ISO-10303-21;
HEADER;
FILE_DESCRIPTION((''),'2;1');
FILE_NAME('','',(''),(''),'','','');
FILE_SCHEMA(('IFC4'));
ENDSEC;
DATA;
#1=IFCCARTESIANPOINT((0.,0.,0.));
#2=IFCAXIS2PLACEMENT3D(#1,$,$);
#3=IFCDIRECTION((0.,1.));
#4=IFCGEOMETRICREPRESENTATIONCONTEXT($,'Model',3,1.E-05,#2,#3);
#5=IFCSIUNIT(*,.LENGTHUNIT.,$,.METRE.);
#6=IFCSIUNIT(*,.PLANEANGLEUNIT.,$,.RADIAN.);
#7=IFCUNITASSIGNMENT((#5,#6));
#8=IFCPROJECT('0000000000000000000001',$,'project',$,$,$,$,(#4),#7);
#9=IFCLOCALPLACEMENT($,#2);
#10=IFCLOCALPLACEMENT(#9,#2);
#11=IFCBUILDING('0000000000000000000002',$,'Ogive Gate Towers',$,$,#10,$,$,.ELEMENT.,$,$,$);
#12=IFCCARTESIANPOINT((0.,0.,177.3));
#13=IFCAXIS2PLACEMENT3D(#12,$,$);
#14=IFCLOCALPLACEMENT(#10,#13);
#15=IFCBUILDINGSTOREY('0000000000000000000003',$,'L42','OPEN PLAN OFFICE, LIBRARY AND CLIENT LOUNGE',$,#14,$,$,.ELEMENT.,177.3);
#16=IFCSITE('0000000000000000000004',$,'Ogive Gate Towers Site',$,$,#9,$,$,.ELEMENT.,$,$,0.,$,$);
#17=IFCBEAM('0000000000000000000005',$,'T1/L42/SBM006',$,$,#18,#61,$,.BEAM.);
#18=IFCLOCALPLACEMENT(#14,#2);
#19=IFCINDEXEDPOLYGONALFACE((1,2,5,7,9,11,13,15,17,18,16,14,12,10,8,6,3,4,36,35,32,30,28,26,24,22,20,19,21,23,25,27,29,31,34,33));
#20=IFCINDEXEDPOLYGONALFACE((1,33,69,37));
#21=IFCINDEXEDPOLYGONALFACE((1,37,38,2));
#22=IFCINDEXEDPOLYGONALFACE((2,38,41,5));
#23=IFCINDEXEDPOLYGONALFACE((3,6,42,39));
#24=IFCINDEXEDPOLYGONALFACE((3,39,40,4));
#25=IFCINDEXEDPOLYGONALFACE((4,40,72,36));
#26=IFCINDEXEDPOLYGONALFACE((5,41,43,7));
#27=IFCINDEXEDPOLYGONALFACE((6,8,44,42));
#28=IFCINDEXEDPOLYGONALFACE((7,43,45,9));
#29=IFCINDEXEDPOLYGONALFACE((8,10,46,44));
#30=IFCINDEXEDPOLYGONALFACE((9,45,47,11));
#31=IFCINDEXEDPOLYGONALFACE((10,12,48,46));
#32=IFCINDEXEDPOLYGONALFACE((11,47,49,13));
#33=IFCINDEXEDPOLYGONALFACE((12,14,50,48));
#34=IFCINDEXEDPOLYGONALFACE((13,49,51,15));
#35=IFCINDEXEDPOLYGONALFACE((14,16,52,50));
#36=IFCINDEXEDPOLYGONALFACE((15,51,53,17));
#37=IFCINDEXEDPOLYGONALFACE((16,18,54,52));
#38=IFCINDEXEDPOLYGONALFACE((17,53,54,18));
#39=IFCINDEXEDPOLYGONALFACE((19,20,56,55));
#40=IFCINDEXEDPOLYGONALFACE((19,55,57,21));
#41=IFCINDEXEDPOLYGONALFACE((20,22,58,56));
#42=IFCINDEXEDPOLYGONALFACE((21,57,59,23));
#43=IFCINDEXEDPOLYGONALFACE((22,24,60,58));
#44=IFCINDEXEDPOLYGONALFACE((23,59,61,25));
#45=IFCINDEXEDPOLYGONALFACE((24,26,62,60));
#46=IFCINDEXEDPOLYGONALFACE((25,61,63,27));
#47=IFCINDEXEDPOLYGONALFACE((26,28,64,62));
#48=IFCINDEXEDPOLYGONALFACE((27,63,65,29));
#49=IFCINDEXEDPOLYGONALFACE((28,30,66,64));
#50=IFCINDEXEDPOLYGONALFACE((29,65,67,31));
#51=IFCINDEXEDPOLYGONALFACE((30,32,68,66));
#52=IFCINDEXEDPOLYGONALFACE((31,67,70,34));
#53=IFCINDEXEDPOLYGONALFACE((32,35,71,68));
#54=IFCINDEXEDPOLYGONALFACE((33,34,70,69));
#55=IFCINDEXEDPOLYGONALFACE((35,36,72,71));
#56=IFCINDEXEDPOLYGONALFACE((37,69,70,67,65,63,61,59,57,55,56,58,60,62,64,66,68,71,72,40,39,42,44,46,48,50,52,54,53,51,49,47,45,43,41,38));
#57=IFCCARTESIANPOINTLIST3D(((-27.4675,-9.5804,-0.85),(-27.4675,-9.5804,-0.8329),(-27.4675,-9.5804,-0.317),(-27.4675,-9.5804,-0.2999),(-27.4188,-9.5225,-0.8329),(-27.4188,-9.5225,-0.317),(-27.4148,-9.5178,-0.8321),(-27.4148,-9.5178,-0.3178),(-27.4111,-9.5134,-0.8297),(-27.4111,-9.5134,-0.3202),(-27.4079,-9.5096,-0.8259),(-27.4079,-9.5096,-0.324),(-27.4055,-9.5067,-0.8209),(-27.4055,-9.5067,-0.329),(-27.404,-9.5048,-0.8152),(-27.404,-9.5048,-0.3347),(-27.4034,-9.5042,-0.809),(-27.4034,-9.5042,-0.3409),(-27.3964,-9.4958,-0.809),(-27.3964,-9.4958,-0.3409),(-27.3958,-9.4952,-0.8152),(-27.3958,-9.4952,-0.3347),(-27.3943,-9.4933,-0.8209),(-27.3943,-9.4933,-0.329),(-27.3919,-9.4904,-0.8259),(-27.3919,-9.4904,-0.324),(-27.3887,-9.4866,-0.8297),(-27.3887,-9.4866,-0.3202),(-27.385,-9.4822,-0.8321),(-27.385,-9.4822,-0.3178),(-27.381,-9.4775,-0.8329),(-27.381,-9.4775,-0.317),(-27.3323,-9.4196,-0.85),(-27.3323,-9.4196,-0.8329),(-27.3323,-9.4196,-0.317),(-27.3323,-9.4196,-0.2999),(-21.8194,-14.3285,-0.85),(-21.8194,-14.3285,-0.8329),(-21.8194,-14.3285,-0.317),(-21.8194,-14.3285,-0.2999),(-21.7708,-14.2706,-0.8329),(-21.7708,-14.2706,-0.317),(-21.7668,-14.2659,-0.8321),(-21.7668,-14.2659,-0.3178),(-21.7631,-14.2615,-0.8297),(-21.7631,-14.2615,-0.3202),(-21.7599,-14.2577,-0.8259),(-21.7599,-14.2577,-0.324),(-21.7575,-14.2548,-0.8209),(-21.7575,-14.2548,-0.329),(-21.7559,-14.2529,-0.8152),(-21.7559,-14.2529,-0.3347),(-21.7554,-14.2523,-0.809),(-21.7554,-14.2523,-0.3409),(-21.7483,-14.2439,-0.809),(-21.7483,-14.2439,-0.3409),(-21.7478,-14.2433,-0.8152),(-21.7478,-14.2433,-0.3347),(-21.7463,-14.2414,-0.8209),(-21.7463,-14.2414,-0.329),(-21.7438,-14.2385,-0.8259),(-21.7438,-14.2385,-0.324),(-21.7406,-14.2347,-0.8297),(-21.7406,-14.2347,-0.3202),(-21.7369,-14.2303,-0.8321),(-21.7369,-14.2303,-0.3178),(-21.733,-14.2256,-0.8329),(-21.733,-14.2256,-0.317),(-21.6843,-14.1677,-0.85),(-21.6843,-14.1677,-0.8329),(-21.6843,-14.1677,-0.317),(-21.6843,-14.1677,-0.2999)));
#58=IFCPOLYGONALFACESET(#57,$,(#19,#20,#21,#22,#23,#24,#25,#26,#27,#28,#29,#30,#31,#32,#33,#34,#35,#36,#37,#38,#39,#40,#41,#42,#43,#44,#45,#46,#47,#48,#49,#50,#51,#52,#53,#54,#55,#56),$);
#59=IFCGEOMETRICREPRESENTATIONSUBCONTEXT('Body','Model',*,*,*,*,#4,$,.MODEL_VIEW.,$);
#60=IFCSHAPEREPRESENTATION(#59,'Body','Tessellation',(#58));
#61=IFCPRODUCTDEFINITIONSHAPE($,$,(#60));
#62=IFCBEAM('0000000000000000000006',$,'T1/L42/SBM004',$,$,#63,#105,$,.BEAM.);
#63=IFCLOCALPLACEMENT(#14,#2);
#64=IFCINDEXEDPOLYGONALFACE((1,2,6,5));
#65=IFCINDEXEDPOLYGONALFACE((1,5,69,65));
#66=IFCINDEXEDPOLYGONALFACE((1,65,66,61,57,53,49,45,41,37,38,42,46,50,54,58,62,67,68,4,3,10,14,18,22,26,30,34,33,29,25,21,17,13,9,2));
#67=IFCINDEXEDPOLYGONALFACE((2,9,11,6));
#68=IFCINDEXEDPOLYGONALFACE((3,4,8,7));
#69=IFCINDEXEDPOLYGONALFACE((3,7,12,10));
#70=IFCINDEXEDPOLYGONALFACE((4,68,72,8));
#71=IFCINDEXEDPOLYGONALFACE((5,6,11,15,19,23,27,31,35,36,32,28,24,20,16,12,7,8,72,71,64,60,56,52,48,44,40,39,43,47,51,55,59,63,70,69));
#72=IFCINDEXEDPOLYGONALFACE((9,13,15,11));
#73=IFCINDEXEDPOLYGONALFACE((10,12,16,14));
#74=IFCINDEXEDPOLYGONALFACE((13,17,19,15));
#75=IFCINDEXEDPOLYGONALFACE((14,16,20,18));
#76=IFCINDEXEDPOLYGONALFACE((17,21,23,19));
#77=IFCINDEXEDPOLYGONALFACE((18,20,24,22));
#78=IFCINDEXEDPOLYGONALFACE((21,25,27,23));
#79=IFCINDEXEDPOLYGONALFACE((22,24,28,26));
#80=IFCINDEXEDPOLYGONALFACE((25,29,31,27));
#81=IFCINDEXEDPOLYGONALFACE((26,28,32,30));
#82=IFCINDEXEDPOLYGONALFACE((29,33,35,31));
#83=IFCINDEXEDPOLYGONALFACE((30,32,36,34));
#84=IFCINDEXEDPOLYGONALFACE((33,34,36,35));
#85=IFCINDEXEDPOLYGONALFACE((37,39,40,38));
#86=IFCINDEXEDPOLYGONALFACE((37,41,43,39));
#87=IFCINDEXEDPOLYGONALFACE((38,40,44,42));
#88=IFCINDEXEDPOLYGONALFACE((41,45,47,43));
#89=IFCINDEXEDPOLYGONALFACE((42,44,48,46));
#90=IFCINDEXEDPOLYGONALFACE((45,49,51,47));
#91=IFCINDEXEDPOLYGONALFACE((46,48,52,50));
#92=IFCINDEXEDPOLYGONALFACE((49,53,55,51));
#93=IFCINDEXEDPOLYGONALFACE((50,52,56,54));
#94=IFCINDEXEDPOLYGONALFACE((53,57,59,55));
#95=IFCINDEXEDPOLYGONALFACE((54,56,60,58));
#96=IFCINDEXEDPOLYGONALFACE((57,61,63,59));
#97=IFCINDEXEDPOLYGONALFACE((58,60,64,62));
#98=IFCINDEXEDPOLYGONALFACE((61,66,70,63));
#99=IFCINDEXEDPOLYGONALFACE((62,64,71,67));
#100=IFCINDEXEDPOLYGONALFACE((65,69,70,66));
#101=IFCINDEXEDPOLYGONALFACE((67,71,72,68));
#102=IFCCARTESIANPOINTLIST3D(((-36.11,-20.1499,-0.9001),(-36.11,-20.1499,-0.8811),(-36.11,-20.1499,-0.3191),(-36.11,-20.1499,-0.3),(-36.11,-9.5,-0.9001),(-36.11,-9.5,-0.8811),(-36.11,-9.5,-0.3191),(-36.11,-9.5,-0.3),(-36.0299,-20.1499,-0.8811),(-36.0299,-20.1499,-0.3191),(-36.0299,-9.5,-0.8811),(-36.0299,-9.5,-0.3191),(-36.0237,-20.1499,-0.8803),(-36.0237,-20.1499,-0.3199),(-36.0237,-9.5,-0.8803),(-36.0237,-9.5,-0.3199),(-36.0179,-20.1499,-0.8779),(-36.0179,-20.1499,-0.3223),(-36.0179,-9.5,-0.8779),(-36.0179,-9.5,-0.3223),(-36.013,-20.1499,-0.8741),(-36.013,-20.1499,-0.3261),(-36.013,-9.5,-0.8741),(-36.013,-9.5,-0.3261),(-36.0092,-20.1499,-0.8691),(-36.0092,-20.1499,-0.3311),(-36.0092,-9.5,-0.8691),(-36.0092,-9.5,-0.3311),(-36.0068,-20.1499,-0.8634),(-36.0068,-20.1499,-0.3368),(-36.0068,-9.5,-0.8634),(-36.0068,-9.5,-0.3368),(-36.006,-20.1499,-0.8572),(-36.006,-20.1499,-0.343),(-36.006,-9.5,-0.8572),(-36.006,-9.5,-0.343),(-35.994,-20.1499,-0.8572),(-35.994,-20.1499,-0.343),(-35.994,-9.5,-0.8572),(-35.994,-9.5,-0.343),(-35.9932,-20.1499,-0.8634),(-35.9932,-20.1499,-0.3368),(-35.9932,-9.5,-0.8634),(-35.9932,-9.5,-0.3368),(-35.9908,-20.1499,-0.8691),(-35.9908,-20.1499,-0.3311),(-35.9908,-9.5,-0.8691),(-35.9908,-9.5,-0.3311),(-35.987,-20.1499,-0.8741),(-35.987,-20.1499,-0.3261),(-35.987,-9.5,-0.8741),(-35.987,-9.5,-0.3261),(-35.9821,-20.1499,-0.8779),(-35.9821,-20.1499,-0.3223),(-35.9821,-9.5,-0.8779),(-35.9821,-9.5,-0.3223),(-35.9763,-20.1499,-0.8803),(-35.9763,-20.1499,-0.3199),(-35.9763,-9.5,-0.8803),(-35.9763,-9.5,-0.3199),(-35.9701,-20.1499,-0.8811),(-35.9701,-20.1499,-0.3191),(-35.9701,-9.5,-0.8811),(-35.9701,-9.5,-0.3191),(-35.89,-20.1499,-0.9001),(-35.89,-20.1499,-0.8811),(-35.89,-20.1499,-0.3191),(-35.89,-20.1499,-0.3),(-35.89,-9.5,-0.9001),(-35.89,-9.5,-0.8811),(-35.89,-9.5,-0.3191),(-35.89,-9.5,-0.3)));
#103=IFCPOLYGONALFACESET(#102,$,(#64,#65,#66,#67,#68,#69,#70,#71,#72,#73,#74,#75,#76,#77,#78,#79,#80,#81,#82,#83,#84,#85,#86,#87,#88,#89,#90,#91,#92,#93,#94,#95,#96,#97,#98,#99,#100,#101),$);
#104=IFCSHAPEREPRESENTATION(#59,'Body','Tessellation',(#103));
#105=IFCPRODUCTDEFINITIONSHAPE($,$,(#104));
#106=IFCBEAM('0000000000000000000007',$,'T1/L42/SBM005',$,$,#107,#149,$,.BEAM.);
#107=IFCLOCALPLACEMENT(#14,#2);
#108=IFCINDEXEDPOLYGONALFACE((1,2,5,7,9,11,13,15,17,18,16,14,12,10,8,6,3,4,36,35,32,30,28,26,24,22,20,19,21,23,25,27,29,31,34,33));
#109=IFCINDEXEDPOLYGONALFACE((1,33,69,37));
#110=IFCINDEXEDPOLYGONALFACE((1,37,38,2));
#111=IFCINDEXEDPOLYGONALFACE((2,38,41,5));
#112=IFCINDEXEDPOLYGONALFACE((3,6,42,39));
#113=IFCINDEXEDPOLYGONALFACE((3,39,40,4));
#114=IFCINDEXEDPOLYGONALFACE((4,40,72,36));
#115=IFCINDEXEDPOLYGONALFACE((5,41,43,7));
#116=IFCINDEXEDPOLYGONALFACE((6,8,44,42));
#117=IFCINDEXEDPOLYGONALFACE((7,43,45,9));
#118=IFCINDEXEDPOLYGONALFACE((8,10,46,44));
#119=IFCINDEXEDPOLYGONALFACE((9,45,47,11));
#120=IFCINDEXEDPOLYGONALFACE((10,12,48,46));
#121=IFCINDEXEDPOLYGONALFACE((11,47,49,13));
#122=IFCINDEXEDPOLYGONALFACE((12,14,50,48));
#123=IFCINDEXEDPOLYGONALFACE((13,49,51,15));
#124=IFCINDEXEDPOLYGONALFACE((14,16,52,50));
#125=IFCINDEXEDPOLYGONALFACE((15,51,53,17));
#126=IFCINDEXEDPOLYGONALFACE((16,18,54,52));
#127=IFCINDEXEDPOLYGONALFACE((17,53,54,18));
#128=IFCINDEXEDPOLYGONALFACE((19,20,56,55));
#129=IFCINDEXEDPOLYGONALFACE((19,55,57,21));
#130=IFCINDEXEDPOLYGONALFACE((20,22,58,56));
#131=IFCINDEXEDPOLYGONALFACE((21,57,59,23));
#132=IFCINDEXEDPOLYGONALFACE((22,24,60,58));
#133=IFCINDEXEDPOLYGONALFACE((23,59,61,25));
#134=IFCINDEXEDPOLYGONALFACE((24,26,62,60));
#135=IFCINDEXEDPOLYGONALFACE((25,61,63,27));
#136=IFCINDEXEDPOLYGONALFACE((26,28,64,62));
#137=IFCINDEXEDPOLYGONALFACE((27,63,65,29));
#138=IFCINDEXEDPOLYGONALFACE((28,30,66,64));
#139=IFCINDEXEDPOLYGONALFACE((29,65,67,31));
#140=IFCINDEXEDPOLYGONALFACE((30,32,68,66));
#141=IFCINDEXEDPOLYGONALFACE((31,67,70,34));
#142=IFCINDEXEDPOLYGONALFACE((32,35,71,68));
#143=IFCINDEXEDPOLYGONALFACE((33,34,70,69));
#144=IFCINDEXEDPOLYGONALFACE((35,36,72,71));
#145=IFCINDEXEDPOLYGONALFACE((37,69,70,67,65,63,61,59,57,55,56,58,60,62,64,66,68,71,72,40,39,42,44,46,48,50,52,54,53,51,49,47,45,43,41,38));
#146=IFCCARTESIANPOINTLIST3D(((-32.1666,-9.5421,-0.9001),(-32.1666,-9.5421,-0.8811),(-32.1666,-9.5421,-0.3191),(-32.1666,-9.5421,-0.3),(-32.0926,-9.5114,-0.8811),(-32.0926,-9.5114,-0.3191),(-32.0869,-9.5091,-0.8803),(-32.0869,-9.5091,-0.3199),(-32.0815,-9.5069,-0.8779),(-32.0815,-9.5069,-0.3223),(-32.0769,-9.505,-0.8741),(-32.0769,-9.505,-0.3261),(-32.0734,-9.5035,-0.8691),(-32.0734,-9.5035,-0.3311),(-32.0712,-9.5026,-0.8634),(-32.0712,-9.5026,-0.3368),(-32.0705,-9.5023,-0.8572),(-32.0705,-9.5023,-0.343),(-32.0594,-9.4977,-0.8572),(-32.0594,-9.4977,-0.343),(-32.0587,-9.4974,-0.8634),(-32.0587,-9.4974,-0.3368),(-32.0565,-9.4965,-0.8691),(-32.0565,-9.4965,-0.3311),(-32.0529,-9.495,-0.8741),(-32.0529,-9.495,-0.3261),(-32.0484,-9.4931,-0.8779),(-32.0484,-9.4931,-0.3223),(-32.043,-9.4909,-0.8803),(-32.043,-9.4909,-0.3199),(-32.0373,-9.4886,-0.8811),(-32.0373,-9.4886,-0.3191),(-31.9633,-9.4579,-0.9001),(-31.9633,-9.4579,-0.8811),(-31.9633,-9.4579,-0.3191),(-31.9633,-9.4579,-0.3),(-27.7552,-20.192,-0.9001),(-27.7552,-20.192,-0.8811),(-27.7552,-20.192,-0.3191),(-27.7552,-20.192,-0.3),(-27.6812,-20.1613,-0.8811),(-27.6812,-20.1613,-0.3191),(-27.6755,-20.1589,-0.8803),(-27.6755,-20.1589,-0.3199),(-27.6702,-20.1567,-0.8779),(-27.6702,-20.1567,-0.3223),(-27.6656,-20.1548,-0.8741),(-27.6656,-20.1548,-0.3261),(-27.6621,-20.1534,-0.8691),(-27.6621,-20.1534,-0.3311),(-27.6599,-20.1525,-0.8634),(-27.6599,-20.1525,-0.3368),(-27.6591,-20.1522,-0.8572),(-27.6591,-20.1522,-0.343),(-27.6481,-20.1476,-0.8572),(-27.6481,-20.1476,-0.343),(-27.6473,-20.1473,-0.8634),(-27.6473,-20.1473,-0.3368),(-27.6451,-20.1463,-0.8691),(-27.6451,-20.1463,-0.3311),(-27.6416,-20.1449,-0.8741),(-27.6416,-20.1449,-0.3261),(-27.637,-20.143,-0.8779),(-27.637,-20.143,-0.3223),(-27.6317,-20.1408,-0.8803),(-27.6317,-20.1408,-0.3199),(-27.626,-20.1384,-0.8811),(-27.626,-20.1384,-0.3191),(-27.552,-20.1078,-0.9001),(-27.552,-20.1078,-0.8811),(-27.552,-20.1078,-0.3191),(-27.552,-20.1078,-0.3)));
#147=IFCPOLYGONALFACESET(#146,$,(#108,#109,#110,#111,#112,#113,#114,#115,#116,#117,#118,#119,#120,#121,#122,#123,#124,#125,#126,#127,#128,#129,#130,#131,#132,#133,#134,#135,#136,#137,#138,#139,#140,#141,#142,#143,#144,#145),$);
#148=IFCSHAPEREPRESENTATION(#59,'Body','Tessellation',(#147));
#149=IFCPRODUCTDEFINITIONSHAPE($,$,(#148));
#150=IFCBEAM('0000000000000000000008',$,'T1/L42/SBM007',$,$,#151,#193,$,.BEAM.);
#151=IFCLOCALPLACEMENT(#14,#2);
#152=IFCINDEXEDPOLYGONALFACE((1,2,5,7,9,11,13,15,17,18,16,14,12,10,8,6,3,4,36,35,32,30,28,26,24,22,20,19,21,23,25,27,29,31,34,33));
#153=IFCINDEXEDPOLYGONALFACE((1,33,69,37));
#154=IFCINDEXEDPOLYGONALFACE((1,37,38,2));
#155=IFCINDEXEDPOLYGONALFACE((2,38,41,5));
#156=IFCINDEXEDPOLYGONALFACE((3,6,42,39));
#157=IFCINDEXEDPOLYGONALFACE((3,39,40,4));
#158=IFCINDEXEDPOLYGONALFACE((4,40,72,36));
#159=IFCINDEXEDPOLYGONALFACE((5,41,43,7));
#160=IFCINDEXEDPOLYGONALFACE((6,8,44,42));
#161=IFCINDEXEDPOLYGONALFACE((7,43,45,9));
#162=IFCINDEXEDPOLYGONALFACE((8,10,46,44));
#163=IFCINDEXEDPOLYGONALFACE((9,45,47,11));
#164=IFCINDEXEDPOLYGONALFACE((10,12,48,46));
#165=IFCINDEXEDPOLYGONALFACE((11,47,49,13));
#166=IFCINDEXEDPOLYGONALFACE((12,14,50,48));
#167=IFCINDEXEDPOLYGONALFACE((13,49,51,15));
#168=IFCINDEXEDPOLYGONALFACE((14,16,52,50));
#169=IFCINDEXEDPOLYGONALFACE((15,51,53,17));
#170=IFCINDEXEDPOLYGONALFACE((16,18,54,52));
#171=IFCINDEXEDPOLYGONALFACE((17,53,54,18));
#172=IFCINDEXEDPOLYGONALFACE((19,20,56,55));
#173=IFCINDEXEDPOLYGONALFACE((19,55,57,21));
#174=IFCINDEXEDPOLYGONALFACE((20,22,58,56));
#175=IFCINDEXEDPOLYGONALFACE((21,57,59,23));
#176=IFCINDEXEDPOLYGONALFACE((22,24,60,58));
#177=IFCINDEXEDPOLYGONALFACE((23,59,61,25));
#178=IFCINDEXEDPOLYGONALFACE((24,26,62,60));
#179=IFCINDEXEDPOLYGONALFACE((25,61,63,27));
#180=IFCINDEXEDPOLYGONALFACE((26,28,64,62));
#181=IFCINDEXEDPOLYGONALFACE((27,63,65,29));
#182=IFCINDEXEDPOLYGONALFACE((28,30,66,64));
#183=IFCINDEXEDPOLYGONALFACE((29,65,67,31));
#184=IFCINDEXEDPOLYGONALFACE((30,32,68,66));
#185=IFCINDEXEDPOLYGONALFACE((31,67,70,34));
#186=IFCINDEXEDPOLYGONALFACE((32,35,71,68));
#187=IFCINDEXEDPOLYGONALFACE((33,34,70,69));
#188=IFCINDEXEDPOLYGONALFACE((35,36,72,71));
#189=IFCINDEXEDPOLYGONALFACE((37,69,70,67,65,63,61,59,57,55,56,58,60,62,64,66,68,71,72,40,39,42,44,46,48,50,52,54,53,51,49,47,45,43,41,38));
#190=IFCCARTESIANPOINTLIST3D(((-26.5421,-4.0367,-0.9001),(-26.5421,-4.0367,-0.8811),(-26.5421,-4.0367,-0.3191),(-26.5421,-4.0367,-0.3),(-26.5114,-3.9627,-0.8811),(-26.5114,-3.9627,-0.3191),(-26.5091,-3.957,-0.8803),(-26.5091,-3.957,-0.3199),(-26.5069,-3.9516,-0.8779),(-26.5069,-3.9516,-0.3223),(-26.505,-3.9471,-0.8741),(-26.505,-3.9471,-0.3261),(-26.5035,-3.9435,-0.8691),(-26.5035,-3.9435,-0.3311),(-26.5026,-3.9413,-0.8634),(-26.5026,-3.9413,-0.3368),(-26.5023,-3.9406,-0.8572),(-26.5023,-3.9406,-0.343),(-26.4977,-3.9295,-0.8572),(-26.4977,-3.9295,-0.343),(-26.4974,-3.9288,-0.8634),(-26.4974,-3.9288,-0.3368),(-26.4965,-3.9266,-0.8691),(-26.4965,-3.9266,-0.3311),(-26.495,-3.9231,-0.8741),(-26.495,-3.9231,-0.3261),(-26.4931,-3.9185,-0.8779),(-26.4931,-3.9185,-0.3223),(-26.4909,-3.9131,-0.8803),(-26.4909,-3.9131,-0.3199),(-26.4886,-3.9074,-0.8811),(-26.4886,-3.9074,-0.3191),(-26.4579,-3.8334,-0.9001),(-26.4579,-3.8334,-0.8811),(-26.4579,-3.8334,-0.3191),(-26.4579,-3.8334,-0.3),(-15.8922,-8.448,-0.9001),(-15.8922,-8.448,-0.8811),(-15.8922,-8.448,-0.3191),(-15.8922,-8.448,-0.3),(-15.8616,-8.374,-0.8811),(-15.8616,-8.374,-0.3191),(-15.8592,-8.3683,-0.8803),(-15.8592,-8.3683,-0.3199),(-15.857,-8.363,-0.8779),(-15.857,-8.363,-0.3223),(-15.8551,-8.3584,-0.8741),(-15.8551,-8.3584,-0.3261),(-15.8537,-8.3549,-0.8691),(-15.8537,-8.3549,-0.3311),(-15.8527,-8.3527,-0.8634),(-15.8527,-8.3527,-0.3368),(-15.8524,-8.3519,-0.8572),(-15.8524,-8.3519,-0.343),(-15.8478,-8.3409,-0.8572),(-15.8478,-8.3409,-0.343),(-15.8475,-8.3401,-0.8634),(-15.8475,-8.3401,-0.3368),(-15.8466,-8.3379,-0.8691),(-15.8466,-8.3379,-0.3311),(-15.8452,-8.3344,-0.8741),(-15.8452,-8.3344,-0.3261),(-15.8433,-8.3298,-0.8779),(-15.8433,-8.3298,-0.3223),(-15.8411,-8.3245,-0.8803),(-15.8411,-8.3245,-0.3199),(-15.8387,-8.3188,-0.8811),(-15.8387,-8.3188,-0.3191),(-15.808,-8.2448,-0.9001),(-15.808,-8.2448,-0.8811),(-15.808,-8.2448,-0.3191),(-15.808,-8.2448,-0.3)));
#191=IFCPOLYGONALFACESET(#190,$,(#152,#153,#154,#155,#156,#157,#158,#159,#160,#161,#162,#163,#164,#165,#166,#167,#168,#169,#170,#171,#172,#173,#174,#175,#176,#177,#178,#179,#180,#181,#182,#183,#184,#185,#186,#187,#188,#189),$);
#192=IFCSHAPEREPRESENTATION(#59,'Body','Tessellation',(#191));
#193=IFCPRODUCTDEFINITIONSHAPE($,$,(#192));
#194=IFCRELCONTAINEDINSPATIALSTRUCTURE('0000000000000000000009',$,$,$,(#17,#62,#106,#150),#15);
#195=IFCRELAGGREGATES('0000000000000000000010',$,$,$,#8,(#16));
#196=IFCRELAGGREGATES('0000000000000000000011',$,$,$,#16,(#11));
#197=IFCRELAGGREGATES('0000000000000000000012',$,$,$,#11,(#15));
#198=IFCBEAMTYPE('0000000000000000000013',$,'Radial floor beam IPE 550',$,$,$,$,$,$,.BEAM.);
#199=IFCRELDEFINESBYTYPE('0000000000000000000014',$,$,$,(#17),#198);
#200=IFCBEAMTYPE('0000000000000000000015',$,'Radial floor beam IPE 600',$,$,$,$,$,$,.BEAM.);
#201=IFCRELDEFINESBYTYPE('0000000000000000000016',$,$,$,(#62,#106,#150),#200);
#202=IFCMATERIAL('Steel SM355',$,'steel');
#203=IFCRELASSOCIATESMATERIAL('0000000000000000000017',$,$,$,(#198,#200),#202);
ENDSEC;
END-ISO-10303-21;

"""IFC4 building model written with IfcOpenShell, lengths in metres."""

from ifc_helpers import new_model, si_unit, direction, frame, origin, origin_2d, place, context, subcontext, project, spatial, i_section, extrude, material, material_profile, profile_set, type_object, element, save


model = new_model("IFC4")

# Units and contexts
model_context = context("Model", 3, precision=1e-05, world=origin(), true_north=direction((0.0, 1.0)))
body_context = subcontext(model_context, "Body", "Model", "MODEL_VIEW")
ifc_project = project(units=[si_unit("LENGTHUNIT", "METRE"), si_unit("PLANEANGLEUNIT", "RADIAN")], contexts=[model_context])

# Site, building, storey
site_placement = place(None, origin())
site = spatial("IfcSite", under=ifc_project, at=site_placement, Name="Ogive Gate Towers Site", CompositionType="ELEMENT", RefElevation=0.0)
building_placement = place(site_placement, origin())
building = spatial("IfcBuilding", under=site, at=building_placement, Name="Ogive Gate Towers", CompositionType="ELEMENT")
storey_placement = place(building_placement, frame((0.0, 0.0, 177.3)))
storey = spatial("IfcBuildingStorey", under=building, at=storey_placement, Name="L42", Description="OPEN PLAN OFFICE, LIBRARY AND CLIENT LOUNGE", CompositionType="ELEMENT", Elevation=177.3)

# Beams
ifc_material_1 = material(Name="Steel SM355", Category="steel")
ifc_material_profile_1 = material_profile(ifc_material_1, i_section(OverallWidth=0.21, OverallDepth=0.55, WebThickness=0.011, FlangeThickness=0.0171, FilletRadius=0.0239, at=origin_2d()), Name="IPE 550")
ifc_profile_set_1 = profile_set([ifc_material_profile_1], Name="Steel SM355")
beam_type_1 = type_object("IfcBeamType", Name="Radial floor beam IPE 550", PredefinedType="BEAM", material=ifc_profile_set_1)
beam_1_placement = place(storey_placement, frame((-27.3999, -9.5, -0.575), z_axis=(0.765453, -0.643492, 0.0), x_axis=(0.643492, 0.765453, 0.0)))
element("IfcBeam", 1, at=beam_1_placement, inside=storey, type_object=beam_type_1, Name="T1/L42/SBM006", PredefinedType="BEAM", context=body_context, shape_type="SweptSolid", body=[
    extrude(i_section(OverallWidth=0.21, OverallDepth=0.55, WebThickness=0.011, FlangeThickness=0.0171, FilletRadius=0.0239, at=origin_2d()), origin(), (0.0, 0.0, 1.0), 7.3787),
])
ifc_material_profile_2 = material_profile(ifc_material_1, i_section(OverallWidth=0.22, OverallDepth=0.6001, WebThickness=0.012, FlangeThickness=0.019, FilletRadius=0.0239, at=origin_2d()), Name="IPE 600")
ifc_profile_set_2 = profile_set([ifc_material_profile_2], Name="Steel SM355")
beam_type_2 = type_object("IfcBeamType", Name="Radial floor beam IPE 600", PredefinedType="BEAM", material=ifc_profile_set_2)
beam_2_placement = place(storey_placement, frame((-36.0, -9.5, -0.6001), z_axis=(0.0, -1.0, 0.0), x_axis=(1.0, 0.0, 0.0)))
element("IfcBeam", 2, at=beam_2_placement, inside=storey, type_object=beam_type_2, Name="T1/L42/SBM004", PredefinedType="BEAM", context=body_context, shape_type="SweptSolid", body=[
    extrude(i_section(OverallWidth=0.22, OverallDepth=0.6001, WebThickness=0.012, FlangeThickness=0.019, FilletRadius=0.0239, at=origin_2d()), origin(), (0.0, 0.0, 1.0), 10.6499),
])
for number, where, z_axis, x_axis, name in (
    (3, (-32.0649, -9.5, -0.6001), (0.382687, -0.923878, 0.0), (0.923878, 0.382687, 0.0), "T1/L42/SBM005"),
    (4, (-26.5, -3.9351, -0.6001), (0.923878, -0.382687, 0.0), (0.382687, 0.923878, 0.0), "T1/L42/SBM007"),
):
    element("IfcBeam", number, at=place(storey_placement, frame(where, z_axis=z_axis, x_axis=x_axis)), inside=storey, type_object=beam_type_2, Name=name, PredefinedType="BEAM", context=body_context, shape_type="SweptSolid", body=[
        extrude(i_section(OverallWidth=0.22, OverallDepth=0.6001, WebThickness=0.012, FlangeThickness=0.019, FilletRadius=0.0239, at=origin_2d()), origin(), (0.0, 0.0, 1.0), 11.5273),
    ])

save(model, "model.ifc")
